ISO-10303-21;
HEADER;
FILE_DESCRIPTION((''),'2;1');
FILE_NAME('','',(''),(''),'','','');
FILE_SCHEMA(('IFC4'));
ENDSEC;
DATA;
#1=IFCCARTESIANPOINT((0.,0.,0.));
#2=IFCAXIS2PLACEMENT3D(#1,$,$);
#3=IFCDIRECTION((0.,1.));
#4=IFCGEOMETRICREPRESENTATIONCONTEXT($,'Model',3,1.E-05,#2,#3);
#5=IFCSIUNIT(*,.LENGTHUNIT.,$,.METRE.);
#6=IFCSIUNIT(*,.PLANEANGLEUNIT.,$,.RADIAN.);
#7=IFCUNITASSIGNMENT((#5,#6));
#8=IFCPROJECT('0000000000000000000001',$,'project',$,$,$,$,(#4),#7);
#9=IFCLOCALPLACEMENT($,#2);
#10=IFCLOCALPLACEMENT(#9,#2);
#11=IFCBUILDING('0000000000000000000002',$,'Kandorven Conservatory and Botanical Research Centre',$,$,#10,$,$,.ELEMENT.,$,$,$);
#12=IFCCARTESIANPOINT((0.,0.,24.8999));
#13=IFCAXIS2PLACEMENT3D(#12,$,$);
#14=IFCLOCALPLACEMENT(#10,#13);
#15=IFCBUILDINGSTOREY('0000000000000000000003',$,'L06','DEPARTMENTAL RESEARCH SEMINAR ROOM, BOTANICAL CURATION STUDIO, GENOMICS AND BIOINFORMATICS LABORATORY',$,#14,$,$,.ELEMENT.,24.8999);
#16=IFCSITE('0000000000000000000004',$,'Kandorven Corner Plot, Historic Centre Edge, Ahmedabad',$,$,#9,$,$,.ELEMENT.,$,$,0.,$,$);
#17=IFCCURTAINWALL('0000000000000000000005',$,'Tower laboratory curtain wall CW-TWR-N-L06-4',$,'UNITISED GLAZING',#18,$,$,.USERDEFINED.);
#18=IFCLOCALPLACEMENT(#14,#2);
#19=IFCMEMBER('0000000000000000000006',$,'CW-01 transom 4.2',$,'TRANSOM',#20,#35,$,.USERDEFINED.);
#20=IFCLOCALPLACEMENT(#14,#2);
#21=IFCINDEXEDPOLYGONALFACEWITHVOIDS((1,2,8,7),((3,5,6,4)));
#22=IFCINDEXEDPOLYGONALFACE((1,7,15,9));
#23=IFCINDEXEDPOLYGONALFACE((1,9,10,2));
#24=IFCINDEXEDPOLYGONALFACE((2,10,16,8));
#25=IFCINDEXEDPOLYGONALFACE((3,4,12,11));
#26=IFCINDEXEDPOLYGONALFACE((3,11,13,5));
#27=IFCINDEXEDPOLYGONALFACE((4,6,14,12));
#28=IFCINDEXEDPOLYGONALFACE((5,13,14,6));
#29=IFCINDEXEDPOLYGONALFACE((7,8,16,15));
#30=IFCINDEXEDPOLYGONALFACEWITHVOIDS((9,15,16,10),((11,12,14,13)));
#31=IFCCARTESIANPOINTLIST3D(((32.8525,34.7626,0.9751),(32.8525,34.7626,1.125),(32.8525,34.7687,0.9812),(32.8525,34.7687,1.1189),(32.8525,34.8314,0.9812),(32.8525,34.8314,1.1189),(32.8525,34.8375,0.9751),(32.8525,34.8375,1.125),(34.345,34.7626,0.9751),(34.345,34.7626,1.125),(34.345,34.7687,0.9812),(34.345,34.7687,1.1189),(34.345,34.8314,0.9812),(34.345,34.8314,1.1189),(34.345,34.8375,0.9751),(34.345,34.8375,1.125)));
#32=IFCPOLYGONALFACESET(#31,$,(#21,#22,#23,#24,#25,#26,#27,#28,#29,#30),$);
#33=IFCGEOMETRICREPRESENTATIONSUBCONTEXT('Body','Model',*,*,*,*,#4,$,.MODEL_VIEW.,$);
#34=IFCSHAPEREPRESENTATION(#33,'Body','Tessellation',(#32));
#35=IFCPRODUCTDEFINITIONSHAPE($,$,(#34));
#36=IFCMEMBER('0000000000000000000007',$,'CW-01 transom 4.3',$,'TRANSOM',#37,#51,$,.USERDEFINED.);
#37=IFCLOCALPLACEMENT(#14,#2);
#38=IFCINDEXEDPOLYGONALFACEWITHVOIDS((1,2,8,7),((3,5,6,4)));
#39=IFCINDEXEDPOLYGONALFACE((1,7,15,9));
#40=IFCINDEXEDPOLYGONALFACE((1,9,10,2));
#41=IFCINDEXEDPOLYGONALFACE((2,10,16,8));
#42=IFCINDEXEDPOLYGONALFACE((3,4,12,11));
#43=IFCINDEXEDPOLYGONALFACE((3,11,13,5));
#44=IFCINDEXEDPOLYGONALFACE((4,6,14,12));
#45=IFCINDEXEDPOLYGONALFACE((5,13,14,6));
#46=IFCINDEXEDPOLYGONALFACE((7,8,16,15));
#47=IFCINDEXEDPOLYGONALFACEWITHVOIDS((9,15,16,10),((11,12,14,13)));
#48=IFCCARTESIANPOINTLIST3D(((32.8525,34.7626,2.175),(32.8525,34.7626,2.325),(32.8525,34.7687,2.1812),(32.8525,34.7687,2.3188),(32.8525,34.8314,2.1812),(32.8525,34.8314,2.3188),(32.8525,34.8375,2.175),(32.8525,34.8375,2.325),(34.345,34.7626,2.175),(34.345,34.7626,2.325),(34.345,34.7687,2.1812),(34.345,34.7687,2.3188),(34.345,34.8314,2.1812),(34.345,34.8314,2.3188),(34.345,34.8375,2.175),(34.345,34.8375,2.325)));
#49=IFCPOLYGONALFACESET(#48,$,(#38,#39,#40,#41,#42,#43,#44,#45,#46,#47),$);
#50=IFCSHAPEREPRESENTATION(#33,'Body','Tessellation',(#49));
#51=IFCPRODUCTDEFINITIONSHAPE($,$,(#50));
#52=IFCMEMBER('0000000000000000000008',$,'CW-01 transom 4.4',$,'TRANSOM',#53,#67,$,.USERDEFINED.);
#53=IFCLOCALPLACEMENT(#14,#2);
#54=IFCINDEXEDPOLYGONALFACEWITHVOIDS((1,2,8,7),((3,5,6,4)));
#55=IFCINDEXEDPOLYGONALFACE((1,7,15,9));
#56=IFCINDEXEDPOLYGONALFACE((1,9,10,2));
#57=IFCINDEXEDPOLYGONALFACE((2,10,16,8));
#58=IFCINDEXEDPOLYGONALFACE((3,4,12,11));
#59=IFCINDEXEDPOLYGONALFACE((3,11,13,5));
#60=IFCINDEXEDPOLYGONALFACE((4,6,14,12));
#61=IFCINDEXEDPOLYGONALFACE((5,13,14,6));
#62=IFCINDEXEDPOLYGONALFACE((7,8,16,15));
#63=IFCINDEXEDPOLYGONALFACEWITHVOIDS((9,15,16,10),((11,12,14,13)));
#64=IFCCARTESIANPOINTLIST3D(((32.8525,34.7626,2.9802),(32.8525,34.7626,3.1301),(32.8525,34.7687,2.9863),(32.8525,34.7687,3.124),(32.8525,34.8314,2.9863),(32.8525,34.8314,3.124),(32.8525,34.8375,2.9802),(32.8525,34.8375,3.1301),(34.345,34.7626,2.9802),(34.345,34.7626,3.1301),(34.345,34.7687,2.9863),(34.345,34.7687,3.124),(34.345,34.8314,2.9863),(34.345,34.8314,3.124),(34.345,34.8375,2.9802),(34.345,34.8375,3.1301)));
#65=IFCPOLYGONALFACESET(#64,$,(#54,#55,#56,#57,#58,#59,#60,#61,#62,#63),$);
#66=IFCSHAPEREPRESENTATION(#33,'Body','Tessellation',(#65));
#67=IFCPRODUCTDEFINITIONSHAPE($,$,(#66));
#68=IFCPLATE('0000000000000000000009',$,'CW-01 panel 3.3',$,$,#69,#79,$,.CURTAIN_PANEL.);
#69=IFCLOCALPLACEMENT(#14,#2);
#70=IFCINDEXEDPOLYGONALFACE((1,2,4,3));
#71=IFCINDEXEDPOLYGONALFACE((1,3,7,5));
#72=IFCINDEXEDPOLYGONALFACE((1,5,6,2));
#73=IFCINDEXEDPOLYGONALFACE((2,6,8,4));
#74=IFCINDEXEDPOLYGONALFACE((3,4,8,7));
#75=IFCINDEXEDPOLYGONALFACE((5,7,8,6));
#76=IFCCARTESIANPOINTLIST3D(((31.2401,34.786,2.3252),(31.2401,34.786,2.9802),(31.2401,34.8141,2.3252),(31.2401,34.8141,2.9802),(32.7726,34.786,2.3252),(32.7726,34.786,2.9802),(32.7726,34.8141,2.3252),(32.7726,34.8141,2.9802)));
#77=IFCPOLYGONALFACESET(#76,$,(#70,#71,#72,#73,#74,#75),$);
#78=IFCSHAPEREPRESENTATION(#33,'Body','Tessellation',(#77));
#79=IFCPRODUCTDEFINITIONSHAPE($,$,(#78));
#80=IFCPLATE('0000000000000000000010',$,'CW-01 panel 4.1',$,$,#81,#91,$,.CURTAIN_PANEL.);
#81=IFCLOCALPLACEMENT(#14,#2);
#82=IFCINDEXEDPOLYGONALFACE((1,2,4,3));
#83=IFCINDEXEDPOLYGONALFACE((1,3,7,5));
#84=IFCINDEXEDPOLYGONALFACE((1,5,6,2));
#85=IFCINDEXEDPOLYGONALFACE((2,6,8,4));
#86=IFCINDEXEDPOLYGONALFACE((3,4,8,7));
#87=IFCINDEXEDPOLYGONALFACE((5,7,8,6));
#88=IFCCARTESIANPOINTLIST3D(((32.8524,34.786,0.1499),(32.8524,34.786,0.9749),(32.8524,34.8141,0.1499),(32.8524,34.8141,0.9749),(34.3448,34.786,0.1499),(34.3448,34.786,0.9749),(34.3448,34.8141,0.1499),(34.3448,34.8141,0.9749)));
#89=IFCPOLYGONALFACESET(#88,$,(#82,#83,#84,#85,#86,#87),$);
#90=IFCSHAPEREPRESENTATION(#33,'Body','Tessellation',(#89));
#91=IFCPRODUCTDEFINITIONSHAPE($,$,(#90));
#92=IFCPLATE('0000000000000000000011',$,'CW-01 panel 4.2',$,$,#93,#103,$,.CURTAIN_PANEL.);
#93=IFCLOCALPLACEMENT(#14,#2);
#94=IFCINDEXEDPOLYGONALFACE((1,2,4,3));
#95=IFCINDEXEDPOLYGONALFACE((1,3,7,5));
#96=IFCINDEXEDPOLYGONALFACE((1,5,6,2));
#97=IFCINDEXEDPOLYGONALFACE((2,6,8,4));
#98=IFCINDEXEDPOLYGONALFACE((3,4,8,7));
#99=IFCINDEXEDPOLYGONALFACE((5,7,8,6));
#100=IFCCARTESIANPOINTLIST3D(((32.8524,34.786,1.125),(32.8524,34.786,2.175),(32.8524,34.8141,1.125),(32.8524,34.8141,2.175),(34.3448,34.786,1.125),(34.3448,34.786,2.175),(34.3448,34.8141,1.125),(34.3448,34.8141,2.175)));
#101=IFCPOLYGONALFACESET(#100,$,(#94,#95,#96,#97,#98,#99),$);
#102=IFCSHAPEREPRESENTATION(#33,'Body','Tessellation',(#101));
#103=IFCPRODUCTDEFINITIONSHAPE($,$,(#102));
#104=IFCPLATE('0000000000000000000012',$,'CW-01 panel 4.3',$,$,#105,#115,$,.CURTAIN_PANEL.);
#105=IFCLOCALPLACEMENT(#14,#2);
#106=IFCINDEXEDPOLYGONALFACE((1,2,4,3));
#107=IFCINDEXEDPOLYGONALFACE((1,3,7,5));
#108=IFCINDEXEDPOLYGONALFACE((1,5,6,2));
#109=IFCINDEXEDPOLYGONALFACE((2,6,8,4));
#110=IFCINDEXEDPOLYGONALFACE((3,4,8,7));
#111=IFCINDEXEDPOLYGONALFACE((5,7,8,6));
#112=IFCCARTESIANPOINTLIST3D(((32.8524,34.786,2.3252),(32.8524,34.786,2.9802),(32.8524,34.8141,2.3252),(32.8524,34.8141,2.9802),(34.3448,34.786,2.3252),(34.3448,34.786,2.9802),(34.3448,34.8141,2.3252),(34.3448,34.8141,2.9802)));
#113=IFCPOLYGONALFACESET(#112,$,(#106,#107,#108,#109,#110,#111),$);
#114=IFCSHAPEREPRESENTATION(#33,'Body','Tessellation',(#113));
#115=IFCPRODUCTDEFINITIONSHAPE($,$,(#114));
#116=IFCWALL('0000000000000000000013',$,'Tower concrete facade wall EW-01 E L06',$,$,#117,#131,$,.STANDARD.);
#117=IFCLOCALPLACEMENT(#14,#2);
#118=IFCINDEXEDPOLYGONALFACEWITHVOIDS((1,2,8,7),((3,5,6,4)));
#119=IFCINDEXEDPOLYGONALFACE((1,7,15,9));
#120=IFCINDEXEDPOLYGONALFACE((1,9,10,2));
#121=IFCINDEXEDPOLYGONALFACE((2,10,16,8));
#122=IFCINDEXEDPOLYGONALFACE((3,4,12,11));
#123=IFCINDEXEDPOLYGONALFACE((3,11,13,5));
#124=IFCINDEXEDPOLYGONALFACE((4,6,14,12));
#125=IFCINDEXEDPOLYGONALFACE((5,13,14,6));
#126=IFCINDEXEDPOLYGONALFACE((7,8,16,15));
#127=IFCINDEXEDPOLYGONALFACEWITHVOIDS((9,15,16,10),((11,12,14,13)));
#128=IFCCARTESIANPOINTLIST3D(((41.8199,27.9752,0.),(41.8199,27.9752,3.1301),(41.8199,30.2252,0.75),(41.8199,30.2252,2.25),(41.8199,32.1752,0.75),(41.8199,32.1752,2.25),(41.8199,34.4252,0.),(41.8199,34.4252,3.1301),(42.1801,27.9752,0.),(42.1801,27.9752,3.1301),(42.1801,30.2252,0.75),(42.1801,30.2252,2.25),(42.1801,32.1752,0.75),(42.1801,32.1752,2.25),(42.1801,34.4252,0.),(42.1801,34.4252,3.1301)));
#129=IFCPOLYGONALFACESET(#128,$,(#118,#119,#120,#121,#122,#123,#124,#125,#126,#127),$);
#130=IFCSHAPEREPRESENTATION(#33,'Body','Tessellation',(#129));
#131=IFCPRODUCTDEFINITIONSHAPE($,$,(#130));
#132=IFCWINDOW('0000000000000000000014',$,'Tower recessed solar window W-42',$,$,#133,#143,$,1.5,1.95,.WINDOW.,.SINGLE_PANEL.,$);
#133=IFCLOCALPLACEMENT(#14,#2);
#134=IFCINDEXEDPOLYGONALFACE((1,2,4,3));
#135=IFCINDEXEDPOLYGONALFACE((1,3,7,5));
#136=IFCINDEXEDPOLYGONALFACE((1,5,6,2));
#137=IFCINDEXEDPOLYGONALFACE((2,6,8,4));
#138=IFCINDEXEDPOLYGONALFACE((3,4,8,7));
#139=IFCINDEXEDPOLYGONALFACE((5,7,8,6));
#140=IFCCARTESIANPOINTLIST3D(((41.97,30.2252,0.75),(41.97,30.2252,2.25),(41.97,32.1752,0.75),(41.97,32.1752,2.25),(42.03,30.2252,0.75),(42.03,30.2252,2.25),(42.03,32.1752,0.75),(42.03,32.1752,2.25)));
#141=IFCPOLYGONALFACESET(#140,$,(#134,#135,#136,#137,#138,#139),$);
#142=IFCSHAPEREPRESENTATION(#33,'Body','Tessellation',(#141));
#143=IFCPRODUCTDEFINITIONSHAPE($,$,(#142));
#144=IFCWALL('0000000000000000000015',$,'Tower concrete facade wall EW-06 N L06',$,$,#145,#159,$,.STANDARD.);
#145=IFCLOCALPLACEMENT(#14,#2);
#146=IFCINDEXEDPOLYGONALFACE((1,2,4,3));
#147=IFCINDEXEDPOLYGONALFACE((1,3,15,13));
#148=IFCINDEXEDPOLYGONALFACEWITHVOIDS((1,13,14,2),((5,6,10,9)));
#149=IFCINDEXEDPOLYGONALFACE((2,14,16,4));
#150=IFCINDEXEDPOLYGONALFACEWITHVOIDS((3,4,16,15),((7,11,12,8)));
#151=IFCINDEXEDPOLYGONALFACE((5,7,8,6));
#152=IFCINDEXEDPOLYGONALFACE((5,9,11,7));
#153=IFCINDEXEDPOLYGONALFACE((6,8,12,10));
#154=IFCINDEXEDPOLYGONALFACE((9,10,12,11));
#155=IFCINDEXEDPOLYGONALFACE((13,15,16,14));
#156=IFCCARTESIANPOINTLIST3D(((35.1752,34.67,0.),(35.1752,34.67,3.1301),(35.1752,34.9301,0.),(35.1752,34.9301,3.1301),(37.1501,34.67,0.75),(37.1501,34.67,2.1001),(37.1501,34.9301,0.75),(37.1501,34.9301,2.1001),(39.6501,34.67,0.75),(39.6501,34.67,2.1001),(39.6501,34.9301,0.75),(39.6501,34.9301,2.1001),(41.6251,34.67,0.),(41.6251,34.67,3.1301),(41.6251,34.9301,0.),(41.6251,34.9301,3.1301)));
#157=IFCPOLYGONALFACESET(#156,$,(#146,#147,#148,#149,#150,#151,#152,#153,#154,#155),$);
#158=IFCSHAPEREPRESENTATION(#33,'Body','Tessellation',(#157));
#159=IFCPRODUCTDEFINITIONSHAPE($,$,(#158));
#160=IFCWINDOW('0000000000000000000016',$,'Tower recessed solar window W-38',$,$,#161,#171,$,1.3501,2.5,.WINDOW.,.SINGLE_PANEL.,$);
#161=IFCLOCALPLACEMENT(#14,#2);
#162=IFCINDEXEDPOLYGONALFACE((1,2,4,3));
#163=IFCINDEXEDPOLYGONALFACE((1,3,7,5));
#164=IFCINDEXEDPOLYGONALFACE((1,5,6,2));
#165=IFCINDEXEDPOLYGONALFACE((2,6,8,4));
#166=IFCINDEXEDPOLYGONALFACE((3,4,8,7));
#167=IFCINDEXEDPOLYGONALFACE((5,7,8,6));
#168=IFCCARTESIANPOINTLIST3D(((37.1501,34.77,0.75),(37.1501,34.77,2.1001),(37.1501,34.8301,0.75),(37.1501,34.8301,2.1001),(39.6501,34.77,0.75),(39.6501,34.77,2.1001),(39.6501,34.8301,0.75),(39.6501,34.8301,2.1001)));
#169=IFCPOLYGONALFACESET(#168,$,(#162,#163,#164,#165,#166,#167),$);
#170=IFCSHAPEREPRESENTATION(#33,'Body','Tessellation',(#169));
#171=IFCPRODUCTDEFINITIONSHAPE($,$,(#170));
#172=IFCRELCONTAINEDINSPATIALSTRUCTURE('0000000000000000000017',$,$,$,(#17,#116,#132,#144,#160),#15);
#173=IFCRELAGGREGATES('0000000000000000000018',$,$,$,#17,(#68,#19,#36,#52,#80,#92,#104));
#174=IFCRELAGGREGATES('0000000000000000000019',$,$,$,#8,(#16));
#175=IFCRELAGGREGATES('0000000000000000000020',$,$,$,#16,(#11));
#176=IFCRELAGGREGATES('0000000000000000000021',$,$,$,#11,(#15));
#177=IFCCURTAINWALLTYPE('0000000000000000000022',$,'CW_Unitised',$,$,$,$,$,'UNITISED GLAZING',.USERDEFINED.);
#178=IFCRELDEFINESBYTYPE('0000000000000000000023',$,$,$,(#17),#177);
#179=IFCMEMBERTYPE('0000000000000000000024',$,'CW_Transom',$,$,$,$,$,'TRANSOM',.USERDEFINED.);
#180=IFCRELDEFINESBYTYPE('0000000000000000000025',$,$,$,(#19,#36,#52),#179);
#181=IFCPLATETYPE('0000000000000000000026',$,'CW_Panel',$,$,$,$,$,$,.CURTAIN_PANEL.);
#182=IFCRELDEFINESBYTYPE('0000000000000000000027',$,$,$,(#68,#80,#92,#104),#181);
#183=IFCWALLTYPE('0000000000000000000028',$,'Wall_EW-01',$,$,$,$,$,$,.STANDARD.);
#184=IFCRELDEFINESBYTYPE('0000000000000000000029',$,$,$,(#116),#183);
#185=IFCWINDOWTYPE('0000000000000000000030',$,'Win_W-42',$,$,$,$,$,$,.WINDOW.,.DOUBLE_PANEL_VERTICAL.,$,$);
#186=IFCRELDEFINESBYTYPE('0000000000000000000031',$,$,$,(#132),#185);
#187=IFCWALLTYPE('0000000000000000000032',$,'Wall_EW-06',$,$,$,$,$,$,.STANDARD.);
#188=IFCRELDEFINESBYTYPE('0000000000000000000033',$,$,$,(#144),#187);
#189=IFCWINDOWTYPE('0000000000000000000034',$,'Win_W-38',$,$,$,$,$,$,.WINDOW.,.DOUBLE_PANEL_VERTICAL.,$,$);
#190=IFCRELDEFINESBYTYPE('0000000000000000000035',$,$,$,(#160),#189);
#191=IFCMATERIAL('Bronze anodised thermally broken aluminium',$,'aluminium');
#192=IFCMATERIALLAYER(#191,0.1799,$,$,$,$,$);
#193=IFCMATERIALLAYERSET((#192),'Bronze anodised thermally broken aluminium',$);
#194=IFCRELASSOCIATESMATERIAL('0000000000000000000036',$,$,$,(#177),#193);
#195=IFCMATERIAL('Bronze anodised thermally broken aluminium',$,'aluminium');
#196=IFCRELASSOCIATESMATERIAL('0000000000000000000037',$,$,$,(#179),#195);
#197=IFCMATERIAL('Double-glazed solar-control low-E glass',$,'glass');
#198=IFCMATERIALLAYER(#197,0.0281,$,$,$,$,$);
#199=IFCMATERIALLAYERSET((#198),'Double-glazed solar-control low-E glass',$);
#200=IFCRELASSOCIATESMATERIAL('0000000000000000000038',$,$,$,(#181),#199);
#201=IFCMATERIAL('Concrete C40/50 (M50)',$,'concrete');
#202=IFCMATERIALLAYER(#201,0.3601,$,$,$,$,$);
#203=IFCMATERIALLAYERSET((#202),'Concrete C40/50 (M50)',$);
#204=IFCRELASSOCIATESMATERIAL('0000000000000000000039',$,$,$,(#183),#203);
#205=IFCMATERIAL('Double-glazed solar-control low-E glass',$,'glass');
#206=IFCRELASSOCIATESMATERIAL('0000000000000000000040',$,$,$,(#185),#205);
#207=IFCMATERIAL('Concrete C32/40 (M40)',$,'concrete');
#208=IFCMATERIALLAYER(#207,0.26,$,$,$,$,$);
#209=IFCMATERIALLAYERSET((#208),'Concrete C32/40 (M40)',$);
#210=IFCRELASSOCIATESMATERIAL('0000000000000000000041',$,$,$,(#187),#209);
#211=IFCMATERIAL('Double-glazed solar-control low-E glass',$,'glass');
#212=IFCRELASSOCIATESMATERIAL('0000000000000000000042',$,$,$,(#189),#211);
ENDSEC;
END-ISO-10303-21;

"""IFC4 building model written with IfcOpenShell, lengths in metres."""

from ifc_helpers import new_model, si_unit, direction, frame, frame_2d, origin, origin_2d, place, context, subcontext, project, spatial, rectangle, hollow_rectangle, extrude, material, layer, layer_set, material_profile, profile_set, type_object, element, fill, aggregate, save


model = new_model("IFC4")

# Units and contexts
model_context = context("Model", 3, precision=1e-05, world=origin(), true_north=direction((0.0, 1.0)))
body_context = subcontext(model_context, "Body", "Model", "MODEL_VIEW")
ifc_project = project(units=[si_unit("LENGTHUNIT", "METRE"), si_unit("PLANEANGLEUNIT", "RADIAN")], contexts=[model_context])

# Site, building, storey
site_placement = place(None, origin())
site = spatial("IfcSite", under=ifc_project, at=site_placement, Name="Kandorven Corner Plot, Historic Centre Edge, Ahmedabad", CompositionType="ELEMENT", RefElevation=0.0)
building_placement = place(site_placement, origin())
building = spatial("IfcBuilding", under=site, at=building_placement, Name="Kandorven Conservatory and Botanical Research Centre", CompositionType="ELEMENT")
storey_placement = place(building_placement, frame((0.0, 0.0, 24.8999)))
storey = spatial("IfcBuildingStorey", under=building, at=storey_placement, Name="L06", Description="DEPARTMENTAL RESEARCH SEMINAR ROOM, BOTANICAL CURATION STUDIO, GENOMICS AND BIOINFORMATICS LABORATORY", CompositionType="ELEMENT", Elevation=24.8999)

# Curtain wall, members, plates
ifc_material_1 = material(Name="Bronze anodised thermally broken aluminium", Category="aluminium")
ifc_layer_1 = layer(ifc_material_1, 0.1799)
ifc_layer_set_1 = layer_set([ifc_layer_1], Name="Bronze anodised thermally broken aluminium")
curtain_wall_type = type_object("IfcCurtainWallType", Name="CW_Unitised", ElementType="UNITISED GLAZING", PredefinedType="USERDEFINED", material=ifc_layer_set_1)
curtain_wall_placement = place(storey_placement, origin())
curtain_wall = element("IfcCurtainWall", 1, at=curtain_wall_placement, inside=storey, type_object=curtain_wall_type, Name="Tower laboratory curtain wall CW-TWR-N-L06-4", ObjectType="UNITISED GLAZING", PredefinedType="USERDEFINED")
ifc_material_2 = material(Name="Bronze anodised thermally broken aluminium", Category="aluminium")
ifc_material_profile_1 = material_profile(ifc_material_2, hollow_rectangle(XDim=0.075, YDim=0.1499, WallThickness=0.0061, at=origin_2d()))
ifc_profile_set_1 = profile_set([ifc_material_profile_1], Name="Bronze anodised thermally broken aluminium")
member_type_1 = type_object("IfcMemberType", Name="CW_Transom", ElementType="TRANSOM", PredefinedType="USERDEFINED", material=ifc_profile_set_1)
member_1_placement = place(storey_placement, frame((32.8525, 34.8, 1.05), z_axis=(1.0, 0.0, 0.0), x_axis=(0.0, 1.0, 0.0)))
member_1 = element("IfcMember", 2, at=member_1_placement, type_object=member_type_1, Name="CW-01 transom 4.2", ObjectType="TRANSOM", PredefinedType="USERDEFINED", context=body_context, shape_type="SweptSolid", body=[
    extrude(hollow_rectangle(XDim=0.075, YDim=0.1499, WallThickness=0.0061, at=origin_2d()), origin(), (0.0, 0.0, 1.0), 1.4924),
])
member_2_placement = place(storey_placement, frame((32.8525, 34.8, 2.25), z_axis=(1.0, 0.0, 0.0), x_axis=(0.0, 1.0, 0.0)))
member_2 = element("IfcMember", 3, at=member_2_placement, type_object=member_type_1, Name="CW-01 transom 4.3", ObjectType="TRANSOM", PredefinedType="USERDEFINED", context=body_context, shape_type="SweptSolid", body=[
    extrude(hollow_rectangle(XDim=0.075, YDim=0.1499, WallThickness=0.0061, at=origin_2d()), origin(), (0.0, 0.0, 1.0), 1.4924),
])
member_3_placement = place(storey_placement, frame((32.8525, 34.8, 3.0552), z_axis=(1.0, 0.0, 0.0), x_axis=(0.0, 1.0, 0.0)))
member_3 = element("IfcMember", 4, at=member_3_placement, type_object=member_type_1, Name="CW-01 transom 4.4", ObjectType="TRANSOM", PredefinedType="USERDEFINED", context=body_context, shape_type="SweptSolid", body=[
    extrude(hollow_rectangle(XDim=0.075, YDim=0.1499, WallThickness=0.0061, at=origin_2d()), origin(), (0.0, 0.0, 1.0), 1.4924),
])
ifc_material_3 = material(Name="Double-glazed solar-control low-E glass", Category="glass")
ifc_layer_2 = layer(ifc_material_3, 0.0281)
ifc_layer_set_2 = layer_set([ifc_layer_2], Name="Double-glazed solar-control low-E glass")
plate_type = type_object("IfcPlateType", Name="CW_Panel", PredefinedType="CURTAIN_PANEL", material=ifc_layer_set_2)
plate_1_placement = place(storey_placement, frame((32.0063, 34.8, 2.3252), z_axis=(0.0, 0.0, 1.0), x_axis=(1.0, 0.0, 0.0)))
plate_1 = element("IfcPlate", 5, at=plate_1_placement, type_object=plate_type, Name="CW-01 panel 3.3", PredefinedType="CURTAIN_PANEL", context=body_context, shape_type="SweptSolid", body=[
    extrude(rectangle(XDim=1.5325, YDim=0.0281, at=origin_2d()), origin(), (0.0, 0.0, 1.0), 0.655),
])
plate_2_placement = place(storey_placement, frame((33.5986, 34.8, 0.1499), z_axis=(0.0, 0.0, 1.0), x_axis=(1.0, 0.0, 0.0)))
plate_2 = element("IfcPlate", 6, at=plate_2_placement, type_object=plate_type, Name="CW-01 panel 4.1", PredefinedType="CURTAIN_PANEL", context=body_context, shape_type="SweptSolid", body=[
    extrude(rectangle(XDim=1.4924, YDim=0.0281, at=origin_2d()), origin(), (0.0, 0.0, 1.0), 0.825),
])
plate_3_placement = place(storey_placement, frame((33.5986, 34.8, 1.125), z_axis=(0.0, 0.0, 1.0), x_axis=(1.0, 0.0, 0.0)))
plate_3 = element("IfcPlate", 7, at=plate_3_placement, type_object=plate_type, Name="CW-01 panel 4.2", PredefinedType="CURTAIN_PANEL", context=body_context, shape_type="SweptSolid", body=[
    extrude(rectangle(XDim=1.4924, YDim=0.0281, at=origin_2d()), origin(), (0.0, 0.0, 1.0), 1.05),
])
plate_4_placement = place(storey_placement, frame((33.5986, 34.8, 2.3252), z_axis=(0.0, 0.0, 1.0), x_axis=(1.0, 0.0, 0.0)))
plate_4 = element("IfcPlate", 8, at=plate_4_placement, type_object=plate_type, Name="CW-01 panel 4.3", PredefinedType="CURTAIN_PANEL", context=body_context, shape_type="SweptSolid", body=[
    extrude(rectangle(XDim=1.4924, YDim=0.0281, at=origin_2d()), origin(), (0.0, 0.0, 1.0), 0.655),
])
aggregate(curtain_wall, [plate_1, member_1, member_2, member_3, plate_2, plate_3, plate_4])

# Walls, openings, windows
ifc_material_4 = material(Name="Concrete C40/50 (M50)", Category="concrete")
ifc_layer_3 = layer(ifc_material_4, 0.3601)
ifc_layer_set_3 = layer_set([ifc_layer_3], Name="Concrete C40/50 (M50)")
wall_type_1 = type_object("IfcWallType", Name="Wall_EW-01", PredefinedType="STANDARD", material=ifc_layer_set_3)
wall_1_placement = place(storey_placement, frame((42.0, 27.9751, 0.0), z_axis=(0.0, 0.0, 1.0), x_axis=(0.0, 1.0, 0.0)))
wall_1 = element("IfcWall", 9, at=wall_1_placement, inside=storey, type_object=wall_type_1, Name="Tower concrete facade wall EW-01 E L06", PredefinedType="STANDARD", context=body_context, shape_type="SweptSolid", body=[
    extrude(rectangle(XDim=6.45, YDim=0.3601, at=frame_2d((3.2251, 0.0))), origin(), (0.0, 0.0, 1.0), 3.1301),
])
opening_1_placement = place(wall_1_placement, frame((2.25, 0.0, 0.75)))
opening_1 = element("IfcOpeningElement", 10, at=opening_1_placement, cuts=wall_1, PredefinedType="OPENING", context=body_context, shape_type="SweptSolid", body=[
    extrude(rectangle(XDim=1.95, YDim=1.5, at=frame_2d((0.9751, 0.75))), frame((0.0, 0.1899, 0.0), z_axis=(0.0, -1.0, 0.0), x_axis=(1.0, 0.0, 0.0)), (0.0, 0.0, 1.0), 0.3801),
])
ifc_material_5 = material(Name="Double-glazed solar-control low-E glass", Category="glass")
window_type_1 = type_object("IfcWindowType", Name="Win_W-42", PartitioningType="DOUBLE_PANEL_VERTICAL", PredefinedType="WINDOW", material=ifc_material_5)
window_1_placement = place(opening_1_placement, origin())
window_1 = element("IfcWindow", 11, at=window_1_placement, inside=storey, type_object=window_type_1, Name="Tower recessed solar window W-42", OverallHeight=1.5, OverallWidth=1.95, PartitioningType="SINGLE_PANEL", PredefinedType="WINDOW", context=body_context, shape_type="SweptSolid", body=[
    extrude(rectangle(XDim=1.95, YDim=1.5, at=frame_2d((0.9751, 0.75))), frame((0.0, 0.03, 0.0), z_axis=(0.0, -1.0, 0.0), x_axis=(1.0, 0.0, 0.0)), (0.0, 0.0, 1.0), 0.0601),
])
fill(opening_1, window_1)
ifc_material_6 = material(Name="Concrete C32/40 (M40)", Category="concrete")
ifc_layer_4 = layer(ifc_material_6, 0.26)
ifc_layer_set_4 = layer_set([ifc_layer_4], Name="Concrete C32/40 (M40)")
wall_type_2 = type_object("IfcWallType", Name="Wall_EW-06", PredefinedType="STANDARD", material=ifc_layer_set_4)
wall_2_placement = place(storey_placement, frame((35.175, 34.8, 0.0), z_axis=(0.0, 0.0, 1.0), x_axis=(1.0, 0.0, 0.0)))
wall_2 = element("IfcWall", 12, at=wall_2_placement, inside=storey, type_object=wall_type_2, Name="Tower concrete facade wall EW-06 N L06", PredefinedType="STANDARD", context=body_context, shape_type="SweptSolid", body=[
    extrude(rectangle(XDim=6.45, YDim=0.26, at=frame_2d((3.2251, 0.0))), origin(), (0.0, 0.0, 1.0), 3.1301),
])
opening_2_placement = place(wall_2_placement, frame((1.9751, 0.0, 0.75)))
opening_2 = element("IfcOpeningElement", 13, at=opening_2_placement, cuts=wall_2, PredefinedType="OPENING", context=body_context, shape_type="SweptSolid", body=[
    extrude(rectangle(XDim=2.5, YDim=1.3501, at=frame_2d((1.25, 0.675))), frame((0.0, 0.1399, 0.0), z_axis=(0.0, -1.0, 0.0), x_axis=(1.0, 0.0, 0.0)), (0.0, 0.0, 1.0), 0.28),
])
ifc_material_7 = material(Name="Double-glazed solar-control low-E glass", Category="glass")
window_type_2 = type_object("IfcWindowType", Name="Win_W-38", PartitioningType="DOUBLE_PANEL_VERTICAL", PredefinedType="WINDOW", material=ifc_material_7)
window_2_placement = place(opening_2_placement, origin())
window_2 = element("IfcWindow", 14, at=window_2_placement, inside=storey, type_object=window_type_2, Name="Tower recessed solar window W-38", OverallHeight=1.3501, OverallWidth=2.5, PartitioningType="SINGLE_PANEL", PredefinedType="WINDOW", context=body_context, shape_type="SweptSolid", body=[
    extrude(rectangle(XDim=2.5, YDim=1.3501, at=frame_2d((1.25, 0.675))), frame((0.0, 0.03, 0.0), z_axis=(0.0, -1.0, 0.0), x_axis=(1.0, 0.0, 0.0)), (0.0, 0.0, 1.0), 0.0601),
])
fill(opening_2, window_2)

save(model, "model.ifc")
